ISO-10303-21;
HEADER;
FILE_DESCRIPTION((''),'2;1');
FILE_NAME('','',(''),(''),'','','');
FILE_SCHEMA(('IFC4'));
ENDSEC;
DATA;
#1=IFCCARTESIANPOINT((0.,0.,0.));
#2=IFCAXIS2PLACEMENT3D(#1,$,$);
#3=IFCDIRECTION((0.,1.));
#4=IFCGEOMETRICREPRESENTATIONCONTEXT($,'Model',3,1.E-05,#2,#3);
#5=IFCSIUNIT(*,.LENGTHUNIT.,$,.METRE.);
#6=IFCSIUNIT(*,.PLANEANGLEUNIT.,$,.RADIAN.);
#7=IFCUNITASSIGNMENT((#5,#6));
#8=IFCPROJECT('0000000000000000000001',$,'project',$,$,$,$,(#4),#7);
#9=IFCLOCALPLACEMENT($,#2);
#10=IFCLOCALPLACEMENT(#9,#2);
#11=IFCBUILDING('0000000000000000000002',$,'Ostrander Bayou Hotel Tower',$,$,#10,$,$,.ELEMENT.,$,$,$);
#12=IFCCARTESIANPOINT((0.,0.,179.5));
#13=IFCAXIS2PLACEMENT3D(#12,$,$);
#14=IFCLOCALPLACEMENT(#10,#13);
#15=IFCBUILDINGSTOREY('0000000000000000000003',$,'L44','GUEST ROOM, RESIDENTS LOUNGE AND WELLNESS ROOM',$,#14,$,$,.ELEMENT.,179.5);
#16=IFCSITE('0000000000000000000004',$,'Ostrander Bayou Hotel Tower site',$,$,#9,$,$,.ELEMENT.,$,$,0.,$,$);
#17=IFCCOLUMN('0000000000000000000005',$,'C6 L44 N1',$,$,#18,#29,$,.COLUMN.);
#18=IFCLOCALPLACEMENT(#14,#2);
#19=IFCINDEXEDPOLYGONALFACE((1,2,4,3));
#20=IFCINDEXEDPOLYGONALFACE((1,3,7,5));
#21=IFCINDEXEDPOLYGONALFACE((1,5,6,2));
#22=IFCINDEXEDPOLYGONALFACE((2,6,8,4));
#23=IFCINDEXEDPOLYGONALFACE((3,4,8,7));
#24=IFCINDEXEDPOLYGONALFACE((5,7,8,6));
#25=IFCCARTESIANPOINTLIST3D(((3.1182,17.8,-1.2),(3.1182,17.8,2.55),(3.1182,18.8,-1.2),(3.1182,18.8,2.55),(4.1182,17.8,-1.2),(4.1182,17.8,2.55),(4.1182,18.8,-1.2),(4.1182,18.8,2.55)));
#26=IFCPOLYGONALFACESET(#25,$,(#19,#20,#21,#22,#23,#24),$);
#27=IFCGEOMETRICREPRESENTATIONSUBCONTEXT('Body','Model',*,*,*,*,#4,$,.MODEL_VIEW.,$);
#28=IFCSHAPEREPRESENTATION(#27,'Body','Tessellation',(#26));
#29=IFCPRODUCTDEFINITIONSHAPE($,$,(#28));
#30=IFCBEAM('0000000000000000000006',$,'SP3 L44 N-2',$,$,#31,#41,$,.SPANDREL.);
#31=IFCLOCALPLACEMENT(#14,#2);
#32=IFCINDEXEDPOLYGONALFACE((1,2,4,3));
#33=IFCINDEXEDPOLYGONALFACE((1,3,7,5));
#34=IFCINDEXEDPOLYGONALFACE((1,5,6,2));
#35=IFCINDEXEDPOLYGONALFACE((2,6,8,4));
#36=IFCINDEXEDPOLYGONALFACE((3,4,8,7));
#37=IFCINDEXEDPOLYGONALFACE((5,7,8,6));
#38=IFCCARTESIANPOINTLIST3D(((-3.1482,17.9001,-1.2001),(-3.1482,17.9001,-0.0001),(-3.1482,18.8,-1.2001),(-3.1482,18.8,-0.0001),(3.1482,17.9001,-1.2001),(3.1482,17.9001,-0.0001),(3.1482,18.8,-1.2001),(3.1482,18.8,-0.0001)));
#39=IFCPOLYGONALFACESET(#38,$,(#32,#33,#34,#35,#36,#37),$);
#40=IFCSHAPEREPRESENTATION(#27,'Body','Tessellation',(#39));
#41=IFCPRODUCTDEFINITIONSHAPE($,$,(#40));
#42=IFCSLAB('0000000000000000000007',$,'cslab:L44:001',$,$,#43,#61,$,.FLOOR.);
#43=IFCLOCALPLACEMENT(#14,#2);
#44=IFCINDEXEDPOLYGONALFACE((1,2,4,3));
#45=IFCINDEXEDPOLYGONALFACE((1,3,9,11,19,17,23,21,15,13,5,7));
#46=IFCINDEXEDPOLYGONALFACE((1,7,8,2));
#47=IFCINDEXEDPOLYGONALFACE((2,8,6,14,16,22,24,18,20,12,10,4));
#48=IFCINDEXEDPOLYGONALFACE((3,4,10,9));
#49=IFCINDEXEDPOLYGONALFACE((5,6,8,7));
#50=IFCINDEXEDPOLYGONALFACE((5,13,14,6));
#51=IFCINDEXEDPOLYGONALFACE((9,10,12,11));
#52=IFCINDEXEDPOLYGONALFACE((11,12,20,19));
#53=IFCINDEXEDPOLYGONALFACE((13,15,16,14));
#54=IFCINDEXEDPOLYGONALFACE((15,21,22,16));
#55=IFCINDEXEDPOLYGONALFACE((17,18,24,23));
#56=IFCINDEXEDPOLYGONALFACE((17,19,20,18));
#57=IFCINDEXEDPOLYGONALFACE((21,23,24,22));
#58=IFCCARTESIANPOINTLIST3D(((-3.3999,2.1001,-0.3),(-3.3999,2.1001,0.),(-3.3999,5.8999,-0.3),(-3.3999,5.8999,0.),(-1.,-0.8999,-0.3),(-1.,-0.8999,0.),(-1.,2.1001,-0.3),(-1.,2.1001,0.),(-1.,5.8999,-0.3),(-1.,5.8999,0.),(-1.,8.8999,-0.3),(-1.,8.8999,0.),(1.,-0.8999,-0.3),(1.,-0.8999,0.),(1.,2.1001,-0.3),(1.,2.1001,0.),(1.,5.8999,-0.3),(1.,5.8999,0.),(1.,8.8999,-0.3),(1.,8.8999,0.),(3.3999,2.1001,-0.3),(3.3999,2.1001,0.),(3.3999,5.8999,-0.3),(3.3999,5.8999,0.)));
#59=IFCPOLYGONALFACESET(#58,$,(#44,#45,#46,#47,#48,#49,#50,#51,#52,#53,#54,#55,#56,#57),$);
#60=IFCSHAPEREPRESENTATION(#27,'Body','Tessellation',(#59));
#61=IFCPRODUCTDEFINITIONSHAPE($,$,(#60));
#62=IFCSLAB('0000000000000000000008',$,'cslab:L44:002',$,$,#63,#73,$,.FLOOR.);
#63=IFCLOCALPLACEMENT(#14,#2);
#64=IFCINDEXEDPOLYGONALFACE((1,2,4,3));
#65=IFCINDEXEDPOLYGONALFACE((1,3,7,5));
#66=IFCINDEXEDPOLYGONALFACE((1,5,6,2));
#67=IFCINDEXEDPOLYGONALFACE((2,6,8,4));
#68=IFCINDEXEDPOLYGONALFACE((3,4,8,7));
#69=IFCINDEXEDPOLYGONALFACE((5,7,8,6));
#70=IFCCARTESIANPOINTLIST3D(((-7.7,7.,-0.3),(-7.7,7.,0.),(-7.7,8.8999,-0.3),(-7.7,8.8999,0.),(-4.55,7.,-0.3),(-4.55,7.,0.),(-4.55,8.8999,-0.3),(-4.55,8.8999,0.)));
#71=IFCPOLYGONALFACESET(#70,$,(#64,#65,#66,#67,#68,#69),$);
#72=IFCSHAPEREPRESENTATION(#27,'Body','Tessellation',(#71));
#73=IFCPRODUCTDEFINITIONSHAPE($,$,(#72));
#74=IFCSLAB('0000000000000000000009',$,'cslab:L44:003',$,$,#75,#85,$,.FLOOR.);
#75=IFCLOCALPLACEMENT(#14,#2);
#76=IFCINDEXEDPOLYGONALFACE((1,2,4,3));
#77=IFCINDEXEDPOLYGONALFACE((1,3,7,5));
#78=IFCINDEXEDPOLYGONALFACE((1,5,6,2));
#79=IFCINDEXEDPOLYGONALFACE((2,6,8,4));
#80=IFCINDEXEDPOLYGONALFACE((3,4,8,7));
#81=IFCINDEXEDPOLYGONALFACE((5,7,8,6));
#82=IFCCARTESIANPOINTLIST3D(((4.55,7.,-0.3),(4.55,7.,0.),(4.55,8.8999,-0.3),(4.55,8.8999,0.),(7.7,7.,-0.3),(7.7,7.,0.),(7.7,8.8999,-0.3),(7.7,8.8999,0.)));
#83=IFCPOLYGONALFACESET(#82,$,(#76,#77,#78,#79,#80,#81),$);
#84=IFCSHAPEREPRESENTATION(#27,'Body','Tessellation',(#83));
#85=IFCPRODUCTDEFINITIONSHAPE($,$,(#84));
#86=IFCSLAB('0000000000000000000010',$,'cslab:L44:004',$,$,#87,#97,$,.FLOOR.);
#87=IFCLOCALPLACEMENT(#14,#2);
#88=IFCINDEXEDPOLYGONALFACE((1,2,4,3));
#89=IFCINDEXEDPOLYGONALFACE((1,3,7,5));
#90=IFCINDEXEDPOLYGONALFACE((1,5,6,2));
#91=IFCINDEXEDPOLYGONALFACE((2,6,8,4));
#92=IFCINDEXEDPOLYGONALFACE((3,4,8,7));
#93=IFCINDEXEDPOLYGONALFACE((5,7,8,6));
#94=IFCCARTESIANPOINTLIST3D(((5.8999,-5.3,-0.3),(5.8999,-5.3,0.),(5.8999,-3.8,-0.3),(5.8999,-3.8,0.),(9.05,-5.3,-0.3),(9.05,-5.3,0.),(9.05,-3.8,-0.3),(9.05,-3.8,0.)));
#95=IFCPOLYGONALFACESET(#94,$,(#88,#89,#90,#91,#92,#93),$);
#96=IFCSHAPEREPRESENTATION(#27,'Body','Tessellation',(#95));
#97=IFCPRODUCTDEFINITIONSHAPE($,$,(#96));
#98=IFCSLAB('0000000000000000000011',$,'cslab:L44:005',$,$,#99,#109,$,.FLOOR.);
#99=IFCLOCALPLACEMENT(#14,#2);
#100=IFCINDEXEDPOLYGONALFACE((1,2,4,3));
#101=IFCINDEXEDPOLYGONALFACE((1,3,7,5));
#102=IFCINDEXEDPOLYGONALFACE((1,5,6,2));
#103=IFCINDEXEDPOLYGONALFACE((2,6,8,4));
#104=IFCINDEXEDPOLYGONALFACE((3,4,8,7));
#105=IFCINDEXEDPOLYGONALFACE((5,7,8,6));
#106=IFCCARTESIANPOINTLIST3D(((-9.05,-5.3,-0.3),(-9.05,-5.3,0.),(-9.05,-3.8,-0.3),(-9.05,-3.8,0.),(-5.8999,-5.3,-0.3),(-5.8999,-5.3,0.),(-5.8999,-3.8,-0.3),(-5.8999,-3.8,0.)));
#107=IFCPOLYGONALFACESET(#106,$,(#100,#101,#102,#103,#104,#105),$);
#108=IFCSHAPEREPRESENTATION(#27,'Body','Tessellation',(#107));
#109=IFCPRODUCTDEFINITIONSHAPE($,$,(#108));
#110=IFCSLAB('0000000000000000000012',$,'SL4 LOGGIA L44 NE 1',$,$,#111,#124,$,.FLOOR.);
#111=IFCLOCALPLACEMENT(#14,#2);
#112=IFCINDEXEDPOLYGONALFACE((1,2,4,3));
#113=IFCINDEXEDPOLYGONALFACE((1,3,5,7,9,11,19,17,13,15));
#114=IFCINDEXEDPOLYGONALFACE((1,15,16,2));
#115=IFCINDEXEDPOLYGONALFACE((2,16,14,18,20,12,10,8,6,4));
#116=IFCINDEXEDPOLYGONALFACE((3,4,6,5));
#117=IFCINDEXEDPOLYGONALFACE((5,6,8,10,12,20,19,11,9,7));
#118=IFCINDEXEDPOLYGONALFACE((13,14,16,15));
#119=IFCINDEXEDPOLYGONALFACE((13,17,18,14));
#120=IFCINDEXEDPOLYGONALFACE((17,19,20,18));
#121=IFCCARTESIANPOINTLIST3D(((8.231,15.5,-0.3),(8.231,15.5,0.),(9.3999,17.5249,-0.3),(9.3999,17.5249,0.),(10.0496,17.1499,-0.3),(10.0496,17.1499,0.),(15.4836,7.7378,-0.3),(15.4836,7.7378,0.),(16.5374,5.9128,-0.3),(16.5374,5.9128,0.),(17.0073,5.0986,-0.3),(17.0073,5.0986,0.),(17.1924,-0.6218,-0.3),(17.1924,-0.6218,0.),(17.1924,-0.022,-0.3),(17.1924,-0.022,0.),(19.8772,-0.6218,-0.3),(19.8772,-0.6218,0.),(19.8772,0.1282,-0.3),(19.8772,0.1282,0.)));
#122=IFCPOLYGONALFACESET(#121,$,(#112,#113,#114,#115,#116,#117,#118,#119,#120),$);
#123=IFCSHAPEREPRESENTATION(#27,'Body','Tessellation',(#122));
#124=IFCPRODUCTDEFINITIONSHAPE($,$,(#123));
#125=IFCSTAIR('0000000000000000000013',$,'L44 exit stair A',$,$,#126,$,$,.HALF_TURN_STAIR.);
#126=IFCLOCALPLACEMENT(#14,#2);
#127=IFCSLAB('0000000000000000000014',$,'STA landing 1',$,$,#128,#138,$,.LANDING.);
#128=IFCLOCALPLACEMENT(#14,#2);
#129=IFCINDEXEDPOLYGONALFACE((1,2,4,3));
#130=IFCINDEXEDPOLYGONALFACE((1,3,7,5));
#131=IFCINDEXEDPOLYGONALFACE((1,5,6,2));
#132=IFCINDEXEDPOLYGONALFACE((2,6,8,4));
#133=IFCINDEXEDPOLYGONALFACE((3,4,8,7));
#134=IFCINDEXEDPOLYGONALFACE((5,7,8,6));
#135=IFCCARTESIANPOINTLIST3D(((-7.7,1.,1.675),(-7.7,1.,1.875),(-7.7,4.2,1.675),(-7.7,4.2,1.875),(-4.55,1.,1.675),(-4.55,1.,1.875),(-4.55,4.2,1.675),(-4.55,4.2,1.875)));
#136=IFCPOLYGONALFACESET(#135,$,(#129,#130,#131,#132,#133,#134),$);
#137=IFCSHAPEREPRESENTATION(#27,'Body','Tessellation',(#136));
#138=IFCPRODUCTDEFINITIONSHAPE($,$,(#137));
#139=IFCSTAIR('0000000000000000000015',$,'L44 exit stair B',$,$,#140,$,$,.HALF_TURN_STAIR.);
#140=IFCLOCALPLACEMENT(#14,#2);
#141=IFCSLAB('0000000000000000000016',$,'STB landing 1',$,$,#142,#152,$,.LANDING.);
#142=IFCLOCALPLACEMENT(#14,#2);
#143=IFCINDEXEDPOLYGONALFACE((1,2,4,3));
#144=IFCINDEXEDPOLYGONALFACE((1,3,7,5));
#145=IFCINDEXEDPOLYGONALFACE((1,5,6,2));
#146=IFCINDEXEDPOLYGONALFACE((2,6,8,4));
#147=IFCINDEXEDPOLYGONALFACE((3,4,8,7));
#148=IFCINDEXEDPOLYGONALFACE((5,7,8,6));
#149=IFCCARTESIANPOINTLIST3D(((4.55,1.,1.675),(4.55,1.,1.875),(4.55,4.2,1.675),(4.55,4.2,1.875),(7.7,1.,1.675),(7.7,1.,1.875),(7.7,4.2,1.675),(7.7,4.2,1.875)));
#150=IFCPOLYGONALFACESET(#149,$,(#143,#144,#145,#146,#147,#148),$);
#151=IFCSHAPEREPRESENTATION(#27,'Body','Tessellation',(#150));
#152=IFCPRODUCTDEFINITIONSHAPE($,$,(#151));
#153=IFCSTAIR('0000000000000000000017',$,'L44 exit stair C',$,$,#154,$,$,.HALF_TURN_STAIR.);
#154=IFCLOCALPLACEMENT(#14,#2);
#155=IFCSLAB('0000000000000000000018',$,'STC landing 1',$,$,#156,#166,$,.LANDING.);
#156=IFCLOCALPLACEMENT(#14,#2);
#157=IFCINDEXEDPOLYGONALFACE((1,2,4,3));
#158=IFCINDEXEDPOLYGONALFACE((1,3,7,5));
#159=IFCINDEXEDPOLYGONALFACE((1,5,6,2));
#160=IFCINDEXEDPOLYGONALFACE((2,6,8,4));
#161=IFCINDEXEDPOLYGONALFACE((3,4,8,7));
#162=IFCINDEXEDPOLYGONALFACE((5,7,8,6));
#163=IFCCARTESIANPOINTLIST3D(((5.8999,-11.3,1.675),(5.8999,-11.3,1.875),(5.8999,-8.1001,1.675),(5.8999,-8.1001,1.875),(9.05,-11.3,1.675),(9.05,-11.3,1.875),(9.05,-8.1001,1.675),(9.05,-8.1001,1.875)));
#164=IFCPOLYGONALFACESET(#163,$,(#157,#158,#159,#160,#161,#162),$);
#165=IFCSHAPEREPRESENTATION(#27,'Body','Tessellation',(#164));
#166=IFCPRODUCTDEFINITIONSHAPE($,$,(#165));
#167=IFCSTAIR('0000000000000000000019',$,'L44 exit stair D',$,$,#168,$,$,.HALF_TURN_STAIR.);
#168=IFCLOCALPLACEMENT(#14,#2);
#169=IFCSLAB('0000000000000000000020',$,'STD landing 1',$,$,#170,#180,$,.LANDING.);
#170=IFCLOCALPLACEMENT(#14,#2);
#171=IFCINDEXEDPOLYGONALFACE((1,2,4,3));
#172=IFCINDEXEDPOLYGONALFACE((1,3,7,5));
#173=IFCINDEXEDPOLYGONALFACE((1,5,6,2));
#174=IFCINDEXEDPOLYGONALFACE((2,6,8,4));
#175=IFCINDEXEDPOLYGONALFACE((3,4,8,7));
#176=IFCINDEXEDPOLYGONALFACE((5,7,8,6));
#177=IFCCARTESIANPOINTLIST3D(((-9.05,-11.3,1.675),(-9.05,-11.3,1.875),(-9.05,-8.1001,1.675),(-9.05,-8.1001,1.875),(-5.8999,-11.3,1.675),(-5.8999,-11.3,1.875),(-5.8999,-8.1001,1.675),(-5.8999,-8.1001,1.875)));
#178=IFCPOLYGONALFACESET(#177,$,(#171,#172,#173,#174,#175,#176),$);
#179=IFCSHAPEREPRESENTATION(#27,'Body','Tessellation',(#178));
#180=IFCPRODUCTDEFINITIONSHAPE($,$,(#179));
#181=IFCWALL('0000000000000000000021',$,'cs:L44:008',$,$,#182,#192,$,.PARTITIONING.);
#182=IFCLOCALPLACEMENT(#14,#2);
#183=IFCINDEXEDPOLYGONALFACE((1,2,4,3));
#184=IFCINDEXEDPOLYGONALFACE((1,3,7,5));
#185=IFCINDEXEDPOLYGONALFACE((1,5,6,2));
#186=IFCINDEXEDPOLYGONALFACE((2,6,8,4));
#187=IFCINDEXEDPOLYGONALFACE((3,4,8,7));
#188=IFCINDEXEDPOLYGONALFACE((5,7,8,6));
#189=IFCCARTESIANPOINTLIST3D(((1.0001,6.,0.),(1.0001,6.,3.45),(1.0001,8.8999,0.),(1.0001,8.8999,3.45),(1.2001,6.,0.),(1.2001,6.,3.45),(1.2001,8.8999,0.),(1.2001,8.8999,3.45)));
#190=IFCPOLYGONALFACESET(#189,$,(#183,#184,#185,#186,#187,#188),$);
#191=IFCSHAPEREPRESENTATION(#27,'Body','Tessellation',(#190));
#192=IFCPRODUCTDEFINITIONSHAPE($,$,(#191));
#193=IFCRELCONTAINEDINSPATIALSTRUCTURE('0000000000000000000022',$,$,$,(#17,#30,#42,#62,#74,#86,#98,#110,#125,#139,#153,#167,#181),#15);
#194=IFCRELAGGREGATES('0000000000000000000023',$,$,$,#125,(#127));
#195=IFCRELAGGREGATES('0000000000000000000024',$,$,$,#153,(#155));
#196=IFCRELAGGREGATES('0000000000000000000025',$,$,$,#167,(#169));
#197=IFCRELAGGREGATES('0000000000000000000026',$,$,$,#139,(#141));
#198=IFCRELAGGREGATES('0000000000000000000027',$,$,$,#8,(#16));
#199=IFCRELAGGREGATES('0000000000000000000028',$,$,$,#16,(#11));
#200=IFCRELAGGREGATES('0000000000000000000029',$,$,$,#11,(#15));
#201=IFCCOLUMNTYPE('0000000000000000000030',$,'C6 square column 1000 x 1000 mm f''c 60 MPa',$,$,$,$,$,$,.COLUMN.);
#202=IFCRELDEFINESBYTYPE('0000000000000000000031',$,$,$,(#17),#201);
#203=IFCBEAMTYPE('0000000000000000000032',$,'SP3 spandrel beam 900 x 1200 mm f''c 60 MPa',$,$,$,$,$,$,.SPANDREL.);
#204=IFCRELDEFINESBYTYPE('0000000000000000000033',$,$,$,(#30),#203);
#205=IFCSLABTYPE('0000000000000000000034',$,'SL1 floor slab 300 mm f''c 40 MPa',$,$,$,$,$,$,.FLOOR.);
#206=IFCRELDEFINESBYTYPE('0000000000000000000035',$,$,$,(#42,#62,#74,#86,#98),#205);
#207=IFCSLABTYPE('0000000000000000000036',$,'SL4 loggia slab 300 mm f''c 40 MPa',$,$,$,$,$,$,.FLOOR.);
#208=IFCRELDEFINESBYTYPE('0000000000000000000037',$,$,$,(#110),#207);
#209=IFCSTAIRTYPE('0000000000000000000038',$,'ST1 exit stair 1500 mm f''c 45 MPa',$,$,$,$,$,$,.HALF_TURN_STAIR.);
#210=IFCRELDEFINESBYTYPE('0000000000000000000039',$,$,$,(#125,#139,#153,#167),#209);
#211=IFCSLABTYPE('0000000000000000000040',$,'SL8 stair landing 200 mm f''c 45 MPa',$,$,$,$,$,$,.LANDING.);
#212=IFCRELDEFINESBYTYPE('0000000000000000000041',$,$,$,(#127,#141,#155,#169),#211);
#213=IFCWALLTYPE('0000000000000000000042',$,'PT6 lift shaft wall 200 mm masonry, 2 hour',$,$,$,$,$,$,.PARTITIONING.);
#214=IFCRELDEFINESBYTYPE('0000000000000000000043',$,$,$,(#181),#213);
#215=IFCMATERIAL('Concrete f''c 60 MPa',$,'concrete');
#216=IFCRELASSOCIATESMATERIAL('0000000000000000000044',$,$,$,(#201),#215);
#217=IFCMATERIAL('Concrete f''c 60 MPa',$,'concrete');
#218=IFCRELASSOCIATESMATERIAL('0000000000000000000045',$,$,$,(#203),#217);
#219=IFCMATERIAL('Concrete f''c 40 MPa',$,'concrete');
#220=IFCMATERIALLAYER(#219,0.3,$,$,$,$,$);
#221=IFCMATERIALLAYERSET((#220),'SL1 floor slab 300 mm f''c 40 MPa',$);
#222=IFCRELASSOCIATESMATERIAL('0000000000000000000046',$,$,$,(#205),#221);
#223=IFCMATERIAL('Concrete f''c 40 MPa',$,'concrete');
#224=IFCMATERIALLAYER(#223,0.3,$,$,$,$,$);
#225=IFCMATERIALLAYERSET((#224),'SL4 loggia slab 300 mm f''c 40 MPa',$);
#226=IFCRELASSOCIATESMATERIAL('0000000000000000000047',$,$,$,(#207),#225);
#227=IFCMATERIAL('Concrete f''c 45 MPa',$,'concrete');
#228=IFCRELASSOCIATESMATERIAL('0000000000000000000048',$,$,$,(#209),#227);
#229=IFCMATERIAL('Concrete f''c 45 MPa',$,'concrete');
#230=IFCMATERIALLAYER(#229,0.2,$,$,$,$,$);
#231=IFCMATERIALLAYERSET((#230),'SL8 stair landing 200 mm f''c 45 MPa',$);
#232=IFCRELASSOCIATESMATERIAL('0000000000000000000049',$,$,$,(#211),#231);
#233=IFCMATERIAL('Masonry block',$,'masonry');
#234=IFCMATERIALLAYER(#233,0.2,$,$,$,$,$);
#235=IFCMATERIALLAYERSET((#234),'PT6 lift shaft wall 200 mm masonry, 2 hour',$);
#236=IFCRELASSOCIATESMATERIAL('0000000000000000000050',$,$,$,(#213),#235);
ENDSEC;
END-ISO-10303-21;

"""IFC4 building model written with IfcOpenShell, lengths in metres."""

from ifc_helpers import new_model, si_unit, direction, frame, frame_2d, origin, origin_2d, place, context, subcontext, project, spatial, polyline, rectangle, outline, extrude, material, layer, layer_set, material_profile, profile_set, type_object, element, aggregate, save


model = new_model("IFC4")

# Units and contexts
model_context = context("Model", 3, precision=1e-05, world=origin(), true_north=direction((0.0, 1.0)))
body_context = subcontext(model_context, "Body", "Model", "MODEL_VIEW")
ifc_project = project(units=[si_unit("LENGTHUNIT", "METRE"), si_unit("PLANEANGLEUNIT", "RADIAN")], contexts=[model_context])

# Site, building, storey
site_placement = place(None, origin())
site = spatial("IfcSite", under=ifc_project, at=site_placement, Name="Ostrander Bayou Hotel Tower site", CompositionType="ELEMENT", RefElevation=0.0)
building_placement = place(site_placement, origin())
building = spatial("IfcBuilding", under=site, at=building_placement, Name="Ostrander Bayou Hotel Tower", CompositionType="ELEMENT")
storey_placement = place(building_placement, frame((0.0, 0.0, 179.5)))
storey = spatial("IfcBuildingStorey", under=building, at=storey_placement, Name="L44", Description="GUEST ROOM, RESIDENTS LOUNGE AND WELLNESS ROOM", CompositionType="ELEMENT", Elevation=179.5)

# Column
ifc_material_1 = material(Name="Concrete f'c 60 MPa", Category="concrete")
ifc_material_profile_1 = material_profile(ifc_material_1, rectangle(XDim=1.0, YDim=1.0, at=origin_2d()))
ifc_profile_set_1 = profile_set([ifc_material_profile_1], Name="Concrete f'c 60 MPa")
column_type = type_object("IfcColumnType", Name="C6 square column 1000 x 1000 mm f'c 60 MPa", PredefinedType="COLUMN", material=ifc_profile_set_1)
column_placement = place(storey_placement, frame((3.6182, 18.3, -1.2), z_axis=(0.0, 0.0, 1.0), x_axis=(1.0, 0.0, 0.0)))
element("IfcColumn", 1, at=column_placement, inside=storey, type_object=column_type, Name="C6 L44 N1", PredefinedType="COLUMN", context=body_context, shape_type="SweptSolid", body=[
    extrude(rectangle(XDim=1.0, YDim=1.0, at=origin_2d()), origin(), (0.0, 0.0, 1.0), 3.75),
])

# Beam
ifc_material_2 = material(Name="Concrete f'c 60 MPa", Category="concrete")
ifc_material_profile_2 = material_profile(ifc_material_2, rectangle(XDim=0.8999, YDim=1.2, at=origin_2d()))
ifc_profile_set_2 = profile_set([ifc_material_profile_2], Name="Concrete f'c 60 MPa")
beam_type = type_object("IfcBeamType", Name="SP3 spandrel beam 900 x 1200 mm f'c 60 MPa", PredefinedType="SPANDREL", material=ifc_profile_set_2)
beam_placement = place(storey_placement, frame((3.1482, 18.3501, -0.6001), z_axis=(-1.0, 0.0, 0.0), x_axis=(0.0, -1.0, 0.0)))
element("IfcBeam", 2, at=beam_placement, inside=storey, type_object=beam_type, Name="SP3 L44 N-2", PredefinedType="SPANDREL", context=body_context, shape_type="SweptSolid", body=[
    extrude(rectangle(XDim=0.8999, YDim=1.2, at=origin_2d()), origin(), (0.0, 0.0, 1.0), 6.2964),
])

# Slabs
ifc_material_3 = material(Name="Concrete f'c 40 MPa", Category="concrete")
ifc_layer_1 = layer(ifc_material_3, 0.3)
ifc_layer_set_1 = layer_set([ifc_layer_1], Name="SL1 floor slab 300 mm f'c 40 MPa")
slab_type_1 = type_object("IfcSlabType", Name="SL1 floor slab 300 mm f'c 40 MPa", PredefinedType="FLOOR", material=ifc_layer_set_1)
slab_1_placement = place(storey_placement, frame((0.0, 0.0, -0.3)))
element("IfcSlab", 3, at=slab_1_placement, inside=storey, type_object=slab_type_1, Name="cslab:L44:001", PredefinedType="FLOOR", context=body_context, shape_type="SweptSolid", body=[
    extrude(outline(polyline([(-3.3999, 5.8999), (-1.0, 5.8999), (-1.0, 8.8999), (1.0, 8.8999), (1.0, 5.8999), (3.3999, 5.8999), (3.3999, 2.1001), (1.0, 2.1001), (1.0, -0.8999), (-1.0, -0.8999), (-1.0, 2.1001), (-3.3999, 2.1001), (-3.3999, 5.8999)])), origin(), (0.0, 0.0, 1.0), 0.3),
])
slab_2_placement = place(storey_placement, frame((0.0, 0.0, -0.3)))
element("IfcSlab", 4, at=slab_2_placement, inside=storey, type_object=slab_type_1, Name="cslab:L44:002", PredefinedType="FLOOR", context=body_context, shape_type="SweptSolid", body=[
    extrude(outline(polyline([(-4.55, 7.0), (-4.55, 8.8999), (-7.7, 8.8999), (-7.7, 7.0), (-4.55, 7.0)])), origin(), (0.0, 0.0, 1.0), 0.3),
])
slab_3_placement = place(storey_placement, frame((0.0, 0.0, -0.3)))
element("IfcSlab", 5, at=slab_3_placement, inside=storey, type_object=slab_type_1, Name="cslab:L44:003", PredefinedType="FLOOR", context=body_context, shape_type="SweptSolid", body=[
    extrude(outline(polyline([(7.7, 7.0), (7.7, 8.8999), (4.55, 8.8999), (4.55, 7.0), (7.7, 7.0)])), origin(), (0.0, 0.0, 1.0), 0.3),
])
slab_4_placement = place(storey_placement, frame((0.0, 0.0, -0.3)))
element("IfcSlab", 6, at=slab_4_placement, inside=storey, type_object=slab_type_1, Name="cslab:L44:004", PredefinedType="FLOOR", context=body_context, shape_type="SweptSolid", body=[
    extrude(outline(polyline([(9.05, -5.3), (9.05, -3.8), (5.8999, -3.8), (5.8999, -5.3), (9.05, -5.3)])), origin(), (0.0, 0.0, 1.0), 0.3),
])
slab_5_placement = place(storey_placement, frame((0.0, 0.0, -0.3)))
element("IfcSlab", 7, at=slab_5_placement, inside=storey, type_object=slab_type_1, Name="cslab:L44:005", PredefinedType="FLOOR", context=body_context, shape_type="SweptSolid", body=[
    extrude(outline(polyline([(-5.8999, -5.3), (-5.8999, -3.8), (-9.05, -3.8), (-9.05, -5.3), (-5.8999, -5.3)])), origin(), (0.0, 0.0, 1.0), 0.3),
])
ifc_material_4 = material(Name="Concrete f'c 40 MPa", Category="concrete")
ifc_layer_2 = layer(ifc_material_4, 0.3)
ifc_layer_set_2 = layer_set([ifc_layer_2], Name="SL4 loggia slab 300 mm f'c 40 MPa")
slab_type_2 = type_object("IfcSlabType", Name="SL4 loggia slab 300 mm f'c 40 MPa", PredefinedType="FLOOR", material=ifc_layer_set_2)
slab_6_placement = place(storey_placement, frame((0.0, 0.0, -0.3)))
element("IfcSlab", 8, at=slab_6_placement, inside=storey, type_object=slab_type_2, Name="SL4 LOGGIA L44 NE 1", PredefinedType="FLOOR", context=body_context, shape_type="SweptSolid", body=[
    extrude(outline(polyline([(9.3999, 17.5249), (10.0496, 17.1499), (15.4836, 7.7378), (16.5374, 5.9128), (17.0073, 5.0986), (19.8772, 0.1282), (19.8772, -0.6218), (17.1924, -0.6218), (17.1924, -0.022), (8.231, 15.5), (9.3999, 17.5249)])), origin(), (0.0, 0.0, 1.0), 0.3),
])

# Stairs, slabs
ifc_material_5 = material(Name="Concrete f'c 45 MPa", Category="concrete")
stair_type = type_object("IfcStairType", Name="ST1 exit stair 1500 mm f'c 45 MPa", PredefinedType="HALF_TURN_STAIR", material=ifc_material_5)
stair_1_placement = place(storey_placement, origin())
stair_1 = element("IfcStair", 9, at=stair_1_placement, inside=storey, type_object=stair_type, Name="L44 exit stair A", PredefinedType="HALF_TURN_STAIR")
ifc_material_6 = material(Name="Concrete f'c 45 MPa", Category="concrete")
ifc_layer_3 = layer(ifc_material_6, 0.2)
ifc_layer_set_3 = layer_set([ifc_layer_3], Name="SL8 stair landing 200 mm f'c 45 MPa")
slab_type_3 = type_object("IfcSlabType", Name="SL8 stair landing 200 mm f'c 45 MPa", PredefinedType="LANDING", material=ifc_layer_set_3)
slab_7_placement = place(storey_placement, frame((0.0, 0.0, 1.675)))
slab_7 = element("IfcSlab", 10, at=slab_7_placement, type_object=slab_type_3, Name="STA landing 1", PredefinedType="LANDING", context=body_context, shape_type="SweptSolid", body=[
    extrude(outline(polyline([(-7.7, 4.2), (-7.7, 1.0), (-4.55, 1.0), (-4.55, 4.2), (-7.7, 4.2)])), origin(), (0.0, 0.0, 1.0), 0.2),
])
aggregate(stair_1, [slab_7])
stair_2_placement = place(storey_placement, origin())
stair_2 = element("IfcStair", 11, at=stair_2_placement, inside=storey, type_object=stair_type, Name="L44 exit stair B", PredefinedType="HALF_TURN_STAIR")
slab_8_placement = place(storey_placement, frame((0.0, 0.0, 1.675)))
slab_8 = element("IfcSlab", 12, at=slab_8_placement, type_object=slab_type_3, Name="STB landing 1", PredefinedType="LANDING", context=body_context, shape_type="SweptSolid", body=[
    extrude(outline(polyline([(4.55, 4.2), (4.55, 1.0), (7.7, 1.0), (7.7, 4.2), (4.55, 4.2)])), origin(), (0.0, 0.0, 1.0), 0.2),
])
stair_3_placement = place(storey_placement, origin())
stair_3 = element("IfcStair", 13, at=stair_3_placement, inside=storey, type_object=stair_type, Name="L44 exit stair C", PredefinedType="HALF_TURN_STAIR")
slab_9_placement = place(storey_placement, frame((0.0, 0.0, 1.675)))
slab_9 = element("IfcSlab", 14, at=slab_9_placement, type_object=slab_type_3, Name="STC landing 1", PredefinedType="LANDING", context=body_context, shape_type="SweptSolid", body=[
    extrude(outline(polyline([(5.8999, -8.1001), (5.8999, -11.3), (9.05, -11.3), (9.05, -8.1001), (5.8999, -8.1001)])), origin(), (0.0, 0.0, 1.0), 0.2),
])
aggregate(stair_3, [slab_9])
stair_4_placement = place(storey_placement, origin())
stair_4 = element("IfcStair", 15, at=stair_4_placement, inside=storey, type_object=stair_type, Name="L44 exit stair D", PredefinedType="HALF_TURN_STAIR")
slab_10_placement = place(storey_placement, frame((0.0, 0.0, 1.675)))
slab_10 = element("IfcSlab", 16, at=slab_10_placement, type_object=slab_type_3, Name="STD landing 1", PredefinedType="LANDING", context=body_context, shape_type="SweptSolid", body=[
    extrude(outline(polyline([(-9.05, -8.1001), (-9.05, -11.3), (-5.8999, -11.3), (-5.8999, -8.1001), (-9.05, -8.1001)])), origin(), (0.0, 0.0, 1.0), 0.2),
])
aggregate(stair_4, [slab_10])

# Shared definitions
ifc_material_7 = material(Name="Masonry block", Category="masonry")
ifc_layer_4 = layer(ifc_material_7, 0.2)
ifc_layer_set_4 = layer_set([ifc_layer_4], Name="PT6 lift shaft wall 200 mm masonry, 2 hour")
wall_type_1 = type_object("IfcWallType", Name="PT6 lift shaft wall 200 mm masonry, 2 hour", PredefinedType="PARTITIONING", material=ifc_layer_set_4)

# Wall
wall_1_placement = place(storey_placement, frame((1.1001, 6.0, 0.0), z_axis=(0.0, 0.0, 1.0), x_axis=(0.0, 1.0, 0.0)))
element("IfcWall", 17, at=wall_1_placement, inside=storey, type_object=wall_type_1, Name="cs:L44:008", PredefinedType="PARTITIONING", context=body_context, shape_type="SweptSolid", body=[
    extrude(rectangle(XDim=2.8999, YDim=0.2, at=frame_2d((1.45, 0.0))), origin(), (0.0, 0.0, 1.0), 3.45),
])

aggregate(stair_2, [slab_8])

save(model, "model.ifc")
